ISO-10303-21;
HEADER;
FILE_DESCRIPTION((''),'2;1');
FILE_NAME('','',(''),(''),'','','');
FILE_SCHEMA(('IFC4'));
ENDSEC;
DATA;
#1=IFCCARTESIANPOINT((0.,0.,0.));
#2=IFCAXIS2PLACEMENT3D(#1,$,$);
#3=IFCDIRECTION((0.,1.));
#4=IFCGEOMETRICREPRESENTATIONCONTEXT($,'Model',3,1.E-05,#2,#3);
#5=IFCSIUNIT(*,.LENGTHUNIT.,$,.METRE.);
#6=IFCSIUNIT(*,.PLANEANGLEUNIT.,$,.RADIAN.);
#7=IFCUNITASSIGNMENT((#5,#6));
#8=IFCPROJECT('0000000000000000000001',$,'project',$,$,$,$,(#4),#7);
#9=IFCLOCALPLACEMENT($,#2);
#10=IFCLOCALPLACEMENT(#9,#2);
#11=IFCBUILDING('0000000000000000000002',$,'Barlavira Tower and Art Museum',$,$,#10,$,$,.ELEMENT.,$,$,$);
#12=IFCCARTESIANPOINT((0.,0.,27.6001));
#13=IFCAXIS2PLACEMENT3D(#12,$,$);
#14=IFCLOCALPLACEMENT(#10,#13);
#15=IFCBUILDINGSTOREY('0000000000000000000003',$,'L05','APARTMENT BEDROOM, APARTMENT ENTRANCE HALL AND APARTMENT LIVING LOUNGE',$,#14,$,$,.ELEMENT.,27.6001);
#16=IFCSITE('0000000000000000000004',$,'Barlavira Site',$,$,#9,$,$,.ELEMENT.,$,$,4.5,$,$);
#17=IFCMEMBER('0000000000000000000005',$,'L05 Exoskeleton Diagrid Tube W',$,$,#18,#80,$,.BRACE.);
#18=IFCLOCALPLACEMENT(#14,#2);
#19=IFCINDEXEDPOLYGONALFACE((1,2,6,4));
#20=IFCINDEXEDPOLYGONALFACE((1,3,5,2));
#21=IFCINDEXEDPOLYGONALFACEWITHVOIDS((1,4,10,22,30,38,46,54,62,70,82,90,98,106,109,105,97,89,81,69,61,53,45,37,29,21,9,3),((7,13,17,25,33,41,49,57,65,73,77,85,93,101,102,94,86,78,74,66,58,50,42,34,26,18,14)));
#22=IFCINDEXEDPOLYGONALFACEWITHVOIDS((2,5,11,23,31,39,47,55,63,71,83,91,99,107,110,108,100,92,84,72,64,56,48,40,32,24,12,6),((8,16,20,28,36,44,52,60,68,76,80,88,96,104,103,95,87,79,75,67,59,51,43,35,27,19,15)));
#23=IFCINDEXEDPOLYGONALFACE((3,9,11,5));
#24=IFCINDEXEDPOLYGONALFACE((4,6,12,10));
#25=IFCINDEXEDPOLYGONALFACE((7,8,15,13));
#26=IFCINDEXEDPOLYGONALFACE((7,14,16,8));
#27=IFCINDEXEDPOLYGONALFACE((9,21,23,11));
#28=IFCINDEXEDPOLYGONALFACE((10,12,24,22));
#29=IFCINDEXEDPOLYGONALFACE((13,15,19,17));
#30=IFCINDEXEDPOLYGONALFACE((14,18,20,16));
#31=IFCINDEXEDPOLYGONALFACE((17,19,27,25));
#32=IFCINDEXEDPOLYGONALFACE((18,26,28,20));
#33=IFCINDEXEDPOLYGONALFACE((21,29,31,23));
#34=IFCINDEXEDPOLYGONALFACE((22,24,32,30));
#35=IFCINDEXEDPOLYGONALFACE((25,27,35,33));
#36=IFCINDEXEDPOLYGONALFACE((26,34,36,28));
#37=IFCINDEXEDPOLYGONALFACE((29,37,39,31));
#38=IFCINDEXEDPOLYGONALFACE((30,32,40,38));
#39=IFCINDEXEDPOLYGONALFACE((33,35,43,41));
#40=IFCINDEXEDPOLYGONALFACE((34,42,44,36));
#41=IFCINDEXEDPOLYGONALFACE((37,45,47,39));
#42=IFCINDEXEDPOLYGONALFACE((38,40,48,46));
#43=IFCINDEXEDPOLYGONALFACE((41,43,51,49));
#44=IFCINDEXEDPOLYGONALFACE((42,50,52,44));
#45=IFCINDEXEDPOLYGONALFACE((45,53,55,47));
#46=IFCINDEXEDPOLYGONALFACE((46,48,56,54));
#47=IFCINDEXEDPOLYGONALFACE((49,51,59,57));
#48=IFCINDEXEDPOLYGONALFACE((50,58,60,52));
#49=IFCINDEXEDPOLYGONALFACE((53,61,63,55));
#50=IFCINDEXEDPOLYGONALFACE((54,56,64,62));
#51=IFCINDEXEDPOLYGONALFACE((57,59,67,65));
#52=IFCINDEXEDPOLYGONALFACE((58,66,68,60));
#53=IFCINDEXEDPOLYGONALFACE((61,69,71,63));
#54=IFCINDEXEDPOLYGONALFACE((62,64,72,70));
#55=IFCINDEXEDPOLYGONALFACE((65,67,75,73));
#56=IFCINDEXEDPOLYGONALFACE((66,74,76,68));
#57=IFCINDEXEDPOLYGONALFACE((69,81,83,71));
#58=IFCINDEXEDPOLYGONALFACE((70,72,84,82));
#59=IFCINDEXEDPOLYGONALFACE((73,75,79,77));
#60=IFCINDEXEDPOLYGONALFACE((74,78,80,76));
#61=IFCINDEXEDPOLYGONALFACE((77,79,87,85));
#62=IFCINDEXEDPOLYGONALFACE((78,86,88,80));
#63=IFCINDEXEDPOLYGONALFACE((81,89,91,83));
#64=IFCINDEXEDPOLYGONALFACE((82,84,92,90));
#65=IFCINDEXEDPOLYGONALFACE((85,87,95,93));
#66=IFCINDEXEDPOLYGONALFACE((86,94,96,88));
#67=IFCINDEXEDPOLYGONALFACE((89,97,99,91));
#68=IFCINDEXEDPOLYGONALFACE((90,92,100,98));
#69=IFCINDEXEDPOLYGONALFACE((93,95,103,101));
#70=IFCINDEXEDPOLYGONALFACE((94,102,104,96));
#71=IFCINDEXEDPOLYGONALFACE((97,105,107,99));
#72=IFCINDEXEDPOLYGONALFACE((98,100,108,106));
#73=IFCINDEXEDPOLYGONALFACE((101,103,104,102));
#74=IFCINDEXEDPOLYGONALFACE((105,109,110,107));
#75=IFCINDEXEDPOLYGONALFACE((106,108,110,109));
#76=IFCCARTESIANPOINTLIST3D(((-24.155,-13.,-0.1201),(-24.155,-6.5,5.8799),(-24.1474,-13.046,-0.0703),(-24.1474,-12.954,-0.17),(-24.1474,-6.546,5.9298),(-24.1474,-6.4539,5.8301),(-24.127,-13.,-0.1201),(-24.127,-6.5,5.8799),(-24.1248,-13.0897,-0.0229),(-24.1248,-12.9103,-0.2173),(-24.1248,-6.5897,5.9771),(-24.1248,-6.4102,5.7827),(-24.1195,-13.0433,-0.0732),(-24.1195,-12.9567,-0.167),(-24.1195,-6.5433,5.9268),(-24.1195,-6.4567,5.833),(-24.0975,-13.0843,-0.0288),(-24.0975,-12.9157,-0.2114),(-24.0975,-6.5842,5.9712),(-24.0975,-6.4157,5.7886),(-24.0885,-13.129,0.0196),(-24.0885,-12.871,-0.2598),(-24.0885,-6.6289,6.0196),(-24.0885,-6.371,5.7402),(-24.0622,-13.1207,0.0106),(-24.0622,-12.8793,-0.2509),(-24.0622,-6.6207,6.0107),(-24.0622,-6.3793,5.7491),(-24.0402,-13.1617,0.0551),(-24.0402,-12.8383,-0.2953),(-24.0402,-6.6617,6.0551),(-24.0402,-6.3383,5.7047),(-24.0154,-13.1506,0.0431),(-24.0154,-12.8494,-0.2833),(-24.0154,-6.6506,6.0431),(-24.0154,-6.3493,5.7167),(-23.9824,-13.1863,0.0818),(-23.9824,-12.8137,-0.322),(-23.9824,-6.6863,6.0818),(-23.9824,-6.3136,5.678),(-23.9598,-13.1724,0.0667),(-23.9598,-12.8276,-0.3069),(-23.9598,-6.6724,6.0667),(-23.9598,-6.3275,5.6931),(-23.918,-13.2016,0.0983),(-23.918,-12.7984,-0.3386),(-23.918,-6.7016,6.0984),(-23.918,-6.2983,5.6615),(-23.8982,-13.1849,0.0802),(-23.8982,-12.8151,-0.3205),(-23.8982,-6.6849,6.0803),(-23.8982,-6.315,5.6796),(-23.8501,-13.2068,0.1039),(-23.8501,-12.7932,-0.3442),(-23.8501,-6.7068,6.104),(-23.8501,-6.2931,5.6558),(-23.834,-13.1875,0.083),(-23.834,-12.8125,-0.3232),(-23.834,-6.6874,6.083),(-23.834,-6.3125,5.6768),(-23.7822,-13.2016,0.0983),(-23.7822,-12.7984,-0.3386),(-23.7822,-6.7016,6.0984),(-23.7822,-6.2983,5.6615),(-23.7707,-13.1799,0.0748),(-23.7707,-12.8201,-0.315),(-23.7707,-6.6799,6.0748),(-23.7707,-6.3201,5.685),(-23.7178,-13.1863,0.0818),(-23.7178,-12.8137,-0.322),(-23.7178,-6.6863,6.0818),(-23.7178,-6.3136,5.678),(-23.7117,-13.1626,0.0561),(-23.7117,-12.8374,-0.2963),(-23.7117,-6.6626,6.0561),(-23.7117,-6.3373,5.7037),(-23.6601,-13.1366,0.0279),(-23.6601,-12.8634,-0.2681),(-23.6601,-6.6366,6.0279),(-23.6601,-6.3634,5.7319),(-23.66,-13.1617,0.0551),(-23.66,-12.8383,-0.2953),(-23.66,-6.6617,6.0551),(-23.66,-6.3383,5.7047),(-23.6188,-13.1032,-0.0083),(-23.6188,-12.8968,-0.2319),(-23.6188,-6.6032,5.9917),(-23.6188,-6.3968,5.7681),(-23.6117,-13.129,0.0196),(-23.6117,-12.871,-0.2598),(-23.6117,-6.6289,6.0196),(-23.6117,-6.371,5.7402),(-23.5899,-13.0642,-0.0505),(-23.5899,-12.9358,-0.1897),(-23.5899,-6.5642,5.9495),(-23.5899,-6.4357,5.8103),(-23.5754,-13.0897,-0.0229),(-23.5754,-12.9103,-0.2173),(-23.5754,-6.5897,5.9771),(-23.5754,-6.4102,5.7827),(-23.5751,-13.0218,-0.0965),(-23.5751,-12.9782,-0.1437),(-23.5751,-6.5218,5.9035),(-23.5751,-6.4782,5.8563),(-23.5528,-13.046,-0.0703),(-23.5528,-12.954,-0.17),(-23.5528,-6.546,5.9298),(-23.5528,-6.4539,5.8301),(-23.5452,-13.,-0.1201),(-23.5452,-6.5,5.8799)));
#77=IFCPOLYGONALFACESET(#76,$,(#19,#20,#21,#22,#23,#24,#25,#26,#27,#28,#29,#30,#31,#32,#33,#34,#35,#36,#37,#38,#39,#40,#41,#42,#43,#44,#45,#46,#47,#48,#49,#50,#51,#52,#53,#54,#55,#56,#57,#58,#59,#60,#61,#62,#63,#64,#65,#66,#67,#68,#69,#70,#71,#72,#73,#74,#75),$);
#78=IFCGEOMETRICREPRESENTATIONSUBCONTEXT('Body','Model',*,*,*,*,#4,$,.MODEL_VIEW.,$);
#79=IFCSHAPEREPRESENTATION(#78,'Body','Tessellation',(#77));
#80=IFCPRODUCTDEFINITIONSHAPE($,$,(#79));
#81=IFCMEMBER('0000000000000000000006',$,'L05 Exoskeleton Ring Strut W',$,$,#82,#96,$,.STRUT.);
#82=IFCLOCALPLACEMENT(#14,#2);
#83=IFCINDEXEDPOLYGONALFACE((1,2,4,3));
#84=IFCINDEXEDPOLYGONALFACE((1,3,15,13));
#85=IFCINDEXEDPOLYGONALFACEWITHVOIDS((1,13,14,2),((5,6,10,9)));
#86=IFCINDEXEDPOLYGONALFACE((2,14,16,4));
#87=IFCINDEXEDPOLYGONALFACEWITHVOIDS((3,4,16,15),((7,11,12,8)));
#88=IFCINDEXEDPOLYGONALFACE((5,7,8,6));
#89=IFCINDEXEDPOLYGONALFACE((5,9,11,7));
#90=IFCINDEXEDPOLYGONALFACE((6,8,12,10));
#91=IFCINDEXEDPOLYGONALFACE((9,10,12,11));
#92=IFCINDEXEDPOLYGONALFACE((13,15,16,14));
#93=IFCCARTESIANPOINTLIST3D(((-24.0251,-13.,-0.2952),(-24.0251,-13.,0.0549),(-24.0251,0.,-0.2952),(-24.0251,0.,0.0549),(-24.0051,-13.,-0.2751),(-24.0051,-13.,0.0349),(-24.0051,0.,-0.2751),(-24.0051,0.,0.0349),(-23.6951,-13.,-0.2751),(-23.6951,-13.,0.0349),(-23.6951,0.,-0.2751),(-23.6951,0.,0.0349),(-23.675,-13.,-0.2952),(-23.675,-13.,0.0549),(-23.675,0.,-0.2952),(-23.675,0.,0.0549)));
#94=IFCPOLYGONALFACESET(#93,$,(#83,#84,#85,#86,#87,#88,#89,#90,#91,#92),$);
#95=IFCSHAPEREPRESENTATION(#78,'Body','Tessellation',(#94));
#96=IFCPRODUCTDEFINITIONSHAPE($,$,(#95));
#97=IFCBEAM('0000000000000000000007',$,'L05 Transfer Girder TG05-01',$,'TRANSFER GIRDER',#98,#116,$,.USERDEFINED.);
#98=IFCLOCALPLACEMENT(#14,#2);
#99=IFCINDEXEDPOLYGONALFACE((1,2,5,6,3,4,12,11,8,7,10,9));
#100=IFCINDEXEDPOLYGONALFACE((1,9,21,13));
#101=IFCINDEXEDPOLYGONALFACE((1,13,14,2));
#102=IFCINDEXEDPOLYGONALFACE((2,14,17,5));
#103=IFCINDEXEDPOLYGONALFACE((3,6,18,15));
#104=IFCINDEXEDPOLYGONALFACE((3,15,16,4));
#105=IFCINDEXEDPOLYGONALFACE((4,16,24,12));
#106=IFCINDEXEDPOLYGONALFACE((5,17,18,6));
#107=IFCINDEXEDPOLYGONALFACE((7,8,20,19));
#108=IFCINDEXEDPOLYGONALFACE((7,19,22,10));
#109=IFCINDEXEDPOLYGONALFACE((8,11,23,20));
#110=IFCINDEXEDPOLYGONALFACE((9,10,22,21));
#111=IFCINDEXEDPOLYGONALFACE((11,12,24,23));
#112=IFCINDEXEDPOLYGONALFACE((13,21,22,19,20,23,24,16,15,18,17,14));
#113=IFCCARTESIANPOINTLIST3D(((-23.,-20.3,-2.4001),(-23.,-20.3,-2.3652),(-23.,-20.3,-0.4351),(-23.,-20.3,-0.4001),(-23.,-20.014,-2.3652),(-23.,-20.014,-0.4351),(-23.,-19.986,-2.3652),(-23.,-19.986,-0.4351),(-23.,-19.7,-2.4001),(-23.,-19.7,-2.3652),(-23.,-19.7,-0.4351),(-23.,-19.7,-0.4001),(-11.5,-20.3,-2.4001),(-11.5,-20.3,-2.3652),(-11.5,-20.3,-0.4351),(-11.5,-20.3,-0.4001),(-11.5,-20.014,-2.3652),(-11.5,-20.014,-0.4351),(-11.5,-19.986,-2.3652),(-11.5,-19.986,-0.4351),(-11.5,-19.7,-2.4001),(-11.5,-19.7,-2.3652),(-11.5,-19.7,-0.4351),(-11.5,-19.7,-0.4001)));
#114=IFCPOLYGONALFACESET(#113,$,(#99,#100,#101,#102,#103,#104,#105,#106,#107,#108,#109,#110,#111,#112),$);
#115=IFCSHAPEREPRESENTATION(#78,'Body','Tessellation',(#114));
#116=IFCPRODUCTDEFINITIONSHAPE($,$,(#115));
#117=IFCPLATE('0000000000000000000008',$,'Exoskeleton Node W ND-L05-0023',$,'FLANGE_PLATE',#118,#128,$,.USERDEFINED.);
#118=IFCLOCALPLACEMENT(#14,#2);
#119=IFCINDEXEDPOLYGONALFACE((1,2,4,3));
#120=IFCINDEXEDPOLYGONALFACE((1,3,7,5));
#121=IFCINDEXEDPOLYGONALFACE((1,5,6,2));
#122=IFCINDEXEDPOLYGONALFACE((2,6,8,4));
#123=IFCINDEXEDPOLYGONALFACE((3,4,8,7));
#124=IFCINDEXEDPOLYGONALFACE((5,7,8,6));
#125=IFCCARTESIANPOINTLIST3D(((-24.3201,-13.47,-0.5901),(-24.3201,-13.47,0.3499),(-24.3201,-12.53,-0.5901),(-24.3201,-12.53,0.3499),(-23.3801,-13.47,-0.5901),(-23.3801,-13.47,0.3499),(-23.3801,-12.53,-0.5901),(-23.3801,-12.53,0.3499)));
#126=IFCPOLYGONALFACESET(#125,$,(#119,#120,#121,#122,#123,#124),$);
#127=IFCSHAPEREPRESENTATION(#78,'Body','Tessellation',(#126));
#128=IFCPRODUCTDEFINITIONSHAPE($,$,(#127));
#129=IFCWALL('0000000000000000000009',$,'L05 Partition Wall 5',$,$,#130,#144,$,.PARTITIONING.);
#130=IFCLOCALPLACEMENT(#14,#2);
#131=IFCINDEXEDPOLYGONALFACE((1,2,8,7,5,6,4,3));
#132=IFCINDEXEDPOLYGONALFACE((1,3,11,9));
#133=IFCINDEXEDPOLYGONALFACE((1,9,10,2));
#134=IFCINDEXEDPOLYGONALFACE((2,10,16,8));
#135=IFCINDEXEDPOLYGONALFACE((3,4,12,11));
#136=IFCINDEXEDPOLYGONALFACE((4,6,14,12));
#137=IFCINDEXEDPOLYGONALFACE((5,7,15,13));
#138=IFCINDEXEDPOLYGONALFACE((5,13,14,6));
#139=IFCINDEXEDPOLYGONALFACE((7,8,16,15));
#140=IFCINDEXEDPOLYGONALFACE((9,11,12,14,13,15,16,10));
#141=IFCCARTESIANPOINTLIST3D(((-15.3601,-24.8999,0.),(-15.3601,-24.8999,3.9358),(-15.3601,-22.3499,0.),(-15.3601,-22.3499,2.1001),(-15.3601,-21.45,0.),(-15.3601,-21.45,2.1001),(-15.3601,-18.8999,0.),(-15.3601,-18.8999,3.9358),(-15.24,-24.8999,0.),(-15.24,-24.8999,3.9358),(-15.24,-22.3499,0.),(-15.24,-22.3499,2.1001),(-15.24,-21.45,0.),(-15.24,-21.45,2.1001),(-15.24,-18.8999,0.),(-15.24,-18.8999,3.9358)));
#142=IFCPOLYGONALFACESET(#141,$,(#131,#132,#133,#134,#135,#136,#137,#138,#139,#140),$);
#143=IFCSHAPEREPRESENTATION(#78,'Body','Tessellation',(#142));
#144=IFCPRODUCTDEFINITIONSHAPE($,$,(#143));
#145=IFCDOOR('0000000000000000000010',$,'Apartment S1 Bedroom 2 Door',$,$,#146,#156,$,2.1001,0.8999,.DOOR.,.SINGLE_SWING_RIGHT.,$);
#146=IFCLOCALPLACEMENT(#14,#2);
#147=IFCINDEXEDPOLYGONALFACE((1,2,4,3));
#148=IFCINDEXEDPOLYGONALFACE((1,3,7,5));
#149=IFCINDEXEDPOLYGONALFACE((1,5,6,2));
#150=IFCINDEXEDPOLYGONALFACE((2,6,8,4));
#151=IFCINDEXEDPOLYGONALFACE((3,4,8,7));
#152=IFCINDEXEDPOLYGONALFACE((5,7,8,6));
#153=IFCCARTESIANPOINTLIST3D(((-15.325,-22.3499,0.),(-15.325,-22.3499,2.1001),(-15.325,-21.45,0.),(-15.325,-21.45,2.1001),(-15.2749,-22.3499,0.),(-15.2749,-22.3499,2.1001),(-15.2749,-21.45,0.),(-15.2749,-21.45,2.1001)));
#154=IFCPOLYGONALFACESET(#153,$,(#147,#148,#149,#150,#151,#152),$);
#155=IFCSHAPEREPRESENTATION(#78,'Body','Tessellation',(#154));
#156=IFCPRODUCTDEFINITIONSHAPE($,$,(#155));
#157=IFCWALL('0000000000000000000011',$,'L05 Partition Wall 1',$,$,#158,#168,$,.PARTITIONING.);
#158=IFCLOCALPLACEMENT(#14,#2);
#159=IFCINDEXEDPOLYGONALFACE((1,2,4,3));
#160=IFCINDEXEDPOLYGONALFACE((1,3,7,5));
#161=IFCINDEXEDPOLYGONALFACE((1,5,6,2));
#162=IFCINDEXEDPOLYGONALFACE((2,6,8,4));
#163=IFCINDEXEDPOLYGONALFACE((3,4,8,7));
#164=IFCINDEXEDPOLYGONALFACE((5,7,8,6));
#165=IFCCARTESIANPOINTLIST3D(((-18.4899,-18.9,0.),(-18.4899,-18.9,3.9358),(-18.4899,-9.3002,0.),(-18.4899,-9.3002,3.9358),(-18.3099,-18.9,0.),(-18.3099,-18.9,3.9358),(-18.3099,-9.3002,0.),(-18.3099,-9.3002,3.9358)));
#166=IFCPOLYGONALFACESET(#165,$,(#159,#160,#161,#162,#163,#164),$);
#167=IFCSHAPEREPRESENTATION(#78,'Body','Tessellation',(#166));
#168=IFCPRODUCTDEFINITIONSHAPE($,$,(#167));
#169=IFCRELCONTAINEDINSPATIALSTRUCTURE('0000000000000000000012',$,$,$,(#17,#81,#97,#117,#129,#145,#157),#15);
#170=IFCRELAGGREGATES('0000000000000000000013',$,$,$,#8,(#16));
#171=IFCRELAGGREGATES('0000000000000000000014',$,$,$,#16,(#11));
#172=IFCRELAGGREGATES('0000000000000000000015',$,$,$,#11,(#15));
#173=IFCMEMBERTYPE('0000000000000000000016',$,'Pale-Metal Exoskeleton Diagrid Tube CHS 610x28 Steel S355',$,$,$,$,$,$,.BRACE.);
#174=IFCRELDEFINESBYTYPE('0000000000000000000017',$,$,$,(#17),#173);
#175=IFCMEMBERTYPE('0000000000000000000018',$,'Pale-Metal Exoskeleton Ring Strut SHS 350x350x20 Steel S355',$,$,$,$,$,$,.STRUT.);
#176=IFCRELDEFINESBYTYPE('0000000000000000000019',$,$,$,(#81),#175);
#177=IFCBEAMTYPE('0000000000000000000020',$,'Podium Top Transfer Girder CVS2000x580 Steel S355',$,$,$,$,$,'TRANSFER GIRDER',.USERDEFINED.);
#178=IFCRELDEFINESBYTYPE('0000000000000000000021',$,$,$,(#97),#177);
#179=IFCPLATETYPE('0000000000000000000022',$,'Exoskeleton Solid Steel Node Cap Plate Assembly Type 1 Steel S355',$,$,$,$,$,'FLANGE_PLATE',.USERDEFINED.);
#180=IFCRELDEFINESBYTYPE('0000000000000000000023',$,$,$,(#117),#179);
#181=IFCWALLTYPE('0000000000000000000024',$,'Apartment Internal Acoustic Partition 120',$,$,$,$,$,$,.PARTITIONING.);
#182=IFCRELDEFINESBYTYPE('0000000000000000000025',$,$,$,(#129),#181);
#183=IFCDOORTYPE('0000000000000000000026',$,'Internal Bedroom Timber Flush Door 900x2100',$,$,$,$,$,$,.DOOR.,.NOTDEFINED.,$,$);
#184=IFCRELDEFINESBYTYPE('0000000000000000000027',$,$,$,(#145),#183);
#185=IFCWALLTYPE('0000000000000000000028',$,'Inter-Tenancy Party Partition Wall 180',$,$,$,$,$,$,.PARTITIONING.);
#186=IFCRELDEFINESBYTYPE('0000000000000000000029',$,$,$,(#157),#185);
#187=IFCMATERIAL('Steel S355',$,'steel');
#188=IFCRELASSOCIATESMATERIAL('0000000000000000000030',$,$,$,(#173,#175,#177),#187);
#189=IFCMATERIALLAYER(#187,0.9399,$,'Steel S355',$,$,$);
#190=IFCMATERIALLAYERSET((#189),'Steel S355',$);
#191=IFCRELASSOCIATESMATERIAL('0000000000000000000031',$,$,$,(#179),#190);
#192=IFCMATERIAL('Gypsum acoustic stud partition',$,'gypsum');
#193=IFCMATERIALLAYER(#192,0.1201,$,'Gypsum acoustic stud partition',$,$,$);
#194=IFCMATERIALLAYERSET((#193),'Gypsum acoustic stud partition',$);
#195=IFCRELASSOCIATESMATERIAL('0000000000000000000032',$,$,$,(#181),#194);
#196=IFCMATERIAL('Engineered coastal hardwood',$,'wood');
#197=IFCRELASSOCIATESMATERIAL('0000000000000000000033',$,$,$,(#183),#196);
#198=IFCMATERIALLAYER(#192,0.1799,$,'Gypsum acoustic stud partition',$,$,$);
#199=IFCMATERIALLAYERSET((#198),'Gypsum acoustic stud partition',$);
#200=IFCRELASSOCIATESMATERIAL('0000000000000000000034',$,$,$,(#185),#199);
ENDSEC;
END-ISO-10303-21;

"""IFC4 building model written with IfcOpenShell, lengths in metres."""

from ifc_helpers import new_model, si_unit, direction, frame, frame_2d, origin, origin_2d, place, context, subcontext, project, spatial, rectangle, hollow_rectangle, hollow_circle, i_section, extrude, material, layer, layer_set, material_profile, profile_set, type_object, element, fill, save


model = new_model("IFC4")

# Units and contexts
model_context = context("Model", 3, precision=1e-05, world=origin(), true_north=direction((0.0, 1.0)))
body_context = subcontext(model_context, "Body", "Model", "MODEL_VIEW")
ifc_project = project(units=[si_unit("LENGTHUNIT", "METRE"), si_unit("PLANEANGLEUNIT", "RADIAN")], contexts=[model_context])

# Site, building, storey
site_placement = place(None, origin())
site = spatial("IfcSite", under=ifc_project, at=site_placement, Name="Barlavira Site", CompositionType="ELEMENT", RefElevation=4.5)
building_placement = place(site_placement, origin())
building = spatial("IfcBuilding", under=site, at=building_placement, Name="Barlavira Tower and Art Museum", CompositionType="ELEMENT")
storey_placement = place(building_placement, frame((0.0, 0.0, 27.6001)))
storey = spatial("IfcBuildingStorey", under=building, at=storey_placement, Name="L05", Description="APARTMENT BEDROOM, APARTMENT ENTRANCE HALL AND APARTMENT LIVING LOUNGE", CompositionType="ELEMENT", Elevation=27.6001)

# Members
ifc_material_1 = material(Name="Steel S355", Category="steel")
ifc_material_profile_1 = material_profile(ifc_material_1, hollow_circle(Radius=0.3049, WallThickness=0.0281, at=origin_2d()), Name="CHS 610.0x28.0")
ifc_profile_set_1 = profile_set([ifc_material_profile_1], Name="Steel S355")
member_type_1 = type_object("IfcMemberType", Name="Pale-Metal Exoskeleton Diagrid Tube CHS 610x28 Steel S355", PredefinedType="BRACE", material=ifc_profile_set_1)
member_1_placement = place(storey_placement, frame((-23.8501, -13.0, -0.1201), z_axis=(0.0, 0.734803, 0.67828), x_axis=(-1.0, 0.0, 0.0)))
element("IfcMember", 1, at=member_1_placement, inside=storey, type_object=member_type_1, Name="L05 Exoskeleton Diagrid Tube W", PredefinedType="BRACE", context=body_context, shape_type="SweptSolid", body=[
    extrude(hollow_circle(Radius=0.3049, WallThickness=0.0281, at=origin_2d()), origin(), (0.0, 0.0, 1.0), 8.8459),
])
ifc_material_profile_2 = material_profile(ifc_material_1, hollow_rectangle(XDim=0.3501, YDim=0.3501, WallThickness=0.02, at=origin_2d()), Name="SHS 350x350x20.0")
ifc_profile_set_2 = profile_set([ifc_material_profile_2], Name="Steel S355")
member_type_2 = type_object("IfcMemberType", Name="Pale-Metal Exoskeleton Ring Strut SHS 350x350x20 Steel S355", PredefinedType="STRUT", material=ifc_profile_set_2)
member_2_placement = place(storey_placement, frame((-23.8501, -13.0, -0.1201), z_axis=(0.0, 1.0, 0.0), x_axis=(-1.0, 0.0, 0.0)))
element("IfcMember", 2, at=member_2_placement, inside=storey, type_object=member_type_2, Name="L05 Exoskeleton Ring Strut W", PredefinedType="STRUT", context=body_context, shape_type="SweptSolid", body=[
    extrude(hollow_rectangle(XDim=0.3501, YDim=0.3501, WallThickness=0.02, at=origin_2d()), origin(), (0.0, 0.0, 1.0), 13.0),
])

# Beam
ifc_material_profile_3 = material_profile(ifc_material_1, i_section(OverallWidth=0.6001, OverallDepth=2.0, WebThickness=0.0281, FlangeThickness=0.0349, at=origin_2d()), Name="CVS2000x580")
ifc_profile_set_3 = profile_set([ifc_material_profile_3], Name="Steel S355")
beam_type = type_object("IfcBeamType", Name="Podium Top Transfer Girder CVS2000x580 Steel S355", ElementType="TRANSFER GIRDER", PredefinedType="USERDEFINED", material=ifc_profile_set_3)
beam_placement = place(storey_placement, frame((-23.0, -20.0, -1.4001), z_axis=(1.0, 0.0, 0.0), x_axis=(0.0, 1.0, 0.0)))
element("IfcBeam", 3, at=beam_placement, inside=storey, type_object=beam_type, Name="L05 Transfer Girder TG05-01", ObjectType="TRANSFER GIRDER", PredefinedType="USERDEFINED", context=body_context, shape_type="SweptSolid", body=[
    extrude(i_section(OverallWidth=0.6001, OverallDepth=2.0, WebThickness=0.0281, FlangeThickness=0.0349, at=origin_2d()), origin(), (0.0, 0.0, 1.0), 11.5),
])

# Plate
ifc_layer_1 = layer(ifc_material_1, 0.9399, Name="Steel S355")
ifc_layer_set_1 = layer_set([ifc_layer_1], Name="Steel S355")
plate_type = type_object("IfcPlateType", Name="Exoskeleton Solid Steel Node Cap Plate Assembly Type 1 Steel S355", ElementType="FLANGE_PLATE", PredefinedType="USERDEFINED", material=ifc_layer_set_1)
plate_placement = place(storey_placement, frame((-23.8501, -13.0, -0.5901), z_axis=(0.0, 0.0, 1.0), x_axis=(1.0, 0.0, 0.0)))
element("IfcPlate", 4, at=plate_placement, inside=storey, type_object=plate_type, Name="Exoskeleton Node W ND-L05-0023", ObjectType="FLANGE_PLATE", PredefinedType="USERDEFINED", context=body_context, shape_type="SweptSolid", body=[
    extrude(rectangle(XDim=0.9399, YDim=0.9399, at=origin_2d()), origin(), (0.0, 0.0, 1.0), 0.9399),
])

# Wall, opening, door
ifc_material_2 = material(Name="Gypsum acoustic stud partition", Category="gypsum")
ifc_layer_2 = layer(ifc_material_2, 0.1201, Name="Gypsum acoustic stud partition")
ifc_layer_set_2 = layer_set([ifc_layer_2], Name="Gypsum acoustic stud partition")
wall_type_1 = type_object("IfcWallType", Name="Apartment Internal Acoustic Partition 120", PredefinedType="PARTITIONING", material=ifc_layer_set_2)
wall_1_placement = place(storey_placement, frame((-15.3, -24.8999, 0.0), z_axis=(0.0, 0.0, 1.0), x_axis=(0.0, 1.0, 0.0)))
wall_1 = element("IfcWall", 5, at=wall_1_placement, inside=storey, type_object=wall_type_1, Name="L05 Partition Wall 5", PredefinedType="PARTITIONING", context=body_context, shape_type="SweptSolid", body=[
    extrude(rectangle(XDim=6.0, YDim=0.1201, at=frame_2d((3.0, 0.0))), origin(), (0.0, 0.0, 1.0), 3.9358),
])
opening_1_placement = place(wall_1_placement, frame((2.55, 0.0, 0.0)))
opening_1 = element("IfcOpeningElement", 6, at=opening_1_placement, cuts=wall_1, PredefinedType="OPENING", context=body_context, shape_type="SweptSolid", body=[
    extrude(rectangle(XDim=0.8999, YDim=2.1001, at=frame_2d((0.45, 1.05))), frame((0.0, 0.0701, 0.0), z_axis=(0.0, -1.0, 0.0), x_axis=(1.0, 0.0, 0.0)), (0.0, 0.0, 1.0), 0.1401),
])
ifc_material_3 = material(Name="Engineered coastal hardwood", Category="wood")
door_type_1 = type_object("IfcDoorType", Name="Internal Bedroom Timber Flush Door 900x2100", OperationType="NOTDEFINED", PredefinedType="DOOR", material=ifc_material_3)
door_1_placement = place(opening_1_placement, origin())
door_1 = element("IfcDoor", 7, at=door_1_placement, inside=storey, type_object=door_type_1, Name="Apartment S1 Bedroom 2 Door", OperationType="SINGLE_SWING_RIGHT", OverallHeight=2.1001, OverallWidth=0.8999, PredefinedType="DOOR", context=body_context, shape_type="SweptSolid", body=[
    extrude(rectangle(XDim=0.8999, YDim=2.1001, at=frame_2d((0.45, 1.05))), frame((0.0, 0.0249, 0.0), z_axis=(0.0, -1.0, 0.0), x_axis=(1.0, 0.0, 0.0)), (0.0, 0.0, 1.0), 0.05),
])
fill(opening_1, door_1)

# Wall
ifc_layer_3 = layer(ifc_material_2, 0.1799, Name="Gypsum acoustic stud partition")
ifc_layer_set_3 = layer_set([ifc_layer_3], Name="Gypsum acoustic stud partition")
wall_type_2 = type_object("IfcWallType", Name="Inter-Tenancy Party Partition Wall 180", PredefinedType="PARTITIONING", material=ifc_layer_set_3)
wall_2_placement = place(storey_placement, frame((-18.3999, -18.8999, 0.0), z_axis=(0.0, 0.0, 1.0), x_axis=(0.0, 1.0, 0.0)))
element("IfcWall", 8, at=wall_2_placement, inside=storey, type_object=wall_type_2, Name="L05 Partition Wall 1", PredefinedType="PARTITIONING", context=body_context, shape_type="SweptSolid", body=[
    extrude(rectangle(XDim=9.5999, YDim=0.1799, at=frame_2d((4.7998, 0.0))), origin(), (0.0, 0.0, 1.0), 3.9358),
])

save(model, "model.ifc")
